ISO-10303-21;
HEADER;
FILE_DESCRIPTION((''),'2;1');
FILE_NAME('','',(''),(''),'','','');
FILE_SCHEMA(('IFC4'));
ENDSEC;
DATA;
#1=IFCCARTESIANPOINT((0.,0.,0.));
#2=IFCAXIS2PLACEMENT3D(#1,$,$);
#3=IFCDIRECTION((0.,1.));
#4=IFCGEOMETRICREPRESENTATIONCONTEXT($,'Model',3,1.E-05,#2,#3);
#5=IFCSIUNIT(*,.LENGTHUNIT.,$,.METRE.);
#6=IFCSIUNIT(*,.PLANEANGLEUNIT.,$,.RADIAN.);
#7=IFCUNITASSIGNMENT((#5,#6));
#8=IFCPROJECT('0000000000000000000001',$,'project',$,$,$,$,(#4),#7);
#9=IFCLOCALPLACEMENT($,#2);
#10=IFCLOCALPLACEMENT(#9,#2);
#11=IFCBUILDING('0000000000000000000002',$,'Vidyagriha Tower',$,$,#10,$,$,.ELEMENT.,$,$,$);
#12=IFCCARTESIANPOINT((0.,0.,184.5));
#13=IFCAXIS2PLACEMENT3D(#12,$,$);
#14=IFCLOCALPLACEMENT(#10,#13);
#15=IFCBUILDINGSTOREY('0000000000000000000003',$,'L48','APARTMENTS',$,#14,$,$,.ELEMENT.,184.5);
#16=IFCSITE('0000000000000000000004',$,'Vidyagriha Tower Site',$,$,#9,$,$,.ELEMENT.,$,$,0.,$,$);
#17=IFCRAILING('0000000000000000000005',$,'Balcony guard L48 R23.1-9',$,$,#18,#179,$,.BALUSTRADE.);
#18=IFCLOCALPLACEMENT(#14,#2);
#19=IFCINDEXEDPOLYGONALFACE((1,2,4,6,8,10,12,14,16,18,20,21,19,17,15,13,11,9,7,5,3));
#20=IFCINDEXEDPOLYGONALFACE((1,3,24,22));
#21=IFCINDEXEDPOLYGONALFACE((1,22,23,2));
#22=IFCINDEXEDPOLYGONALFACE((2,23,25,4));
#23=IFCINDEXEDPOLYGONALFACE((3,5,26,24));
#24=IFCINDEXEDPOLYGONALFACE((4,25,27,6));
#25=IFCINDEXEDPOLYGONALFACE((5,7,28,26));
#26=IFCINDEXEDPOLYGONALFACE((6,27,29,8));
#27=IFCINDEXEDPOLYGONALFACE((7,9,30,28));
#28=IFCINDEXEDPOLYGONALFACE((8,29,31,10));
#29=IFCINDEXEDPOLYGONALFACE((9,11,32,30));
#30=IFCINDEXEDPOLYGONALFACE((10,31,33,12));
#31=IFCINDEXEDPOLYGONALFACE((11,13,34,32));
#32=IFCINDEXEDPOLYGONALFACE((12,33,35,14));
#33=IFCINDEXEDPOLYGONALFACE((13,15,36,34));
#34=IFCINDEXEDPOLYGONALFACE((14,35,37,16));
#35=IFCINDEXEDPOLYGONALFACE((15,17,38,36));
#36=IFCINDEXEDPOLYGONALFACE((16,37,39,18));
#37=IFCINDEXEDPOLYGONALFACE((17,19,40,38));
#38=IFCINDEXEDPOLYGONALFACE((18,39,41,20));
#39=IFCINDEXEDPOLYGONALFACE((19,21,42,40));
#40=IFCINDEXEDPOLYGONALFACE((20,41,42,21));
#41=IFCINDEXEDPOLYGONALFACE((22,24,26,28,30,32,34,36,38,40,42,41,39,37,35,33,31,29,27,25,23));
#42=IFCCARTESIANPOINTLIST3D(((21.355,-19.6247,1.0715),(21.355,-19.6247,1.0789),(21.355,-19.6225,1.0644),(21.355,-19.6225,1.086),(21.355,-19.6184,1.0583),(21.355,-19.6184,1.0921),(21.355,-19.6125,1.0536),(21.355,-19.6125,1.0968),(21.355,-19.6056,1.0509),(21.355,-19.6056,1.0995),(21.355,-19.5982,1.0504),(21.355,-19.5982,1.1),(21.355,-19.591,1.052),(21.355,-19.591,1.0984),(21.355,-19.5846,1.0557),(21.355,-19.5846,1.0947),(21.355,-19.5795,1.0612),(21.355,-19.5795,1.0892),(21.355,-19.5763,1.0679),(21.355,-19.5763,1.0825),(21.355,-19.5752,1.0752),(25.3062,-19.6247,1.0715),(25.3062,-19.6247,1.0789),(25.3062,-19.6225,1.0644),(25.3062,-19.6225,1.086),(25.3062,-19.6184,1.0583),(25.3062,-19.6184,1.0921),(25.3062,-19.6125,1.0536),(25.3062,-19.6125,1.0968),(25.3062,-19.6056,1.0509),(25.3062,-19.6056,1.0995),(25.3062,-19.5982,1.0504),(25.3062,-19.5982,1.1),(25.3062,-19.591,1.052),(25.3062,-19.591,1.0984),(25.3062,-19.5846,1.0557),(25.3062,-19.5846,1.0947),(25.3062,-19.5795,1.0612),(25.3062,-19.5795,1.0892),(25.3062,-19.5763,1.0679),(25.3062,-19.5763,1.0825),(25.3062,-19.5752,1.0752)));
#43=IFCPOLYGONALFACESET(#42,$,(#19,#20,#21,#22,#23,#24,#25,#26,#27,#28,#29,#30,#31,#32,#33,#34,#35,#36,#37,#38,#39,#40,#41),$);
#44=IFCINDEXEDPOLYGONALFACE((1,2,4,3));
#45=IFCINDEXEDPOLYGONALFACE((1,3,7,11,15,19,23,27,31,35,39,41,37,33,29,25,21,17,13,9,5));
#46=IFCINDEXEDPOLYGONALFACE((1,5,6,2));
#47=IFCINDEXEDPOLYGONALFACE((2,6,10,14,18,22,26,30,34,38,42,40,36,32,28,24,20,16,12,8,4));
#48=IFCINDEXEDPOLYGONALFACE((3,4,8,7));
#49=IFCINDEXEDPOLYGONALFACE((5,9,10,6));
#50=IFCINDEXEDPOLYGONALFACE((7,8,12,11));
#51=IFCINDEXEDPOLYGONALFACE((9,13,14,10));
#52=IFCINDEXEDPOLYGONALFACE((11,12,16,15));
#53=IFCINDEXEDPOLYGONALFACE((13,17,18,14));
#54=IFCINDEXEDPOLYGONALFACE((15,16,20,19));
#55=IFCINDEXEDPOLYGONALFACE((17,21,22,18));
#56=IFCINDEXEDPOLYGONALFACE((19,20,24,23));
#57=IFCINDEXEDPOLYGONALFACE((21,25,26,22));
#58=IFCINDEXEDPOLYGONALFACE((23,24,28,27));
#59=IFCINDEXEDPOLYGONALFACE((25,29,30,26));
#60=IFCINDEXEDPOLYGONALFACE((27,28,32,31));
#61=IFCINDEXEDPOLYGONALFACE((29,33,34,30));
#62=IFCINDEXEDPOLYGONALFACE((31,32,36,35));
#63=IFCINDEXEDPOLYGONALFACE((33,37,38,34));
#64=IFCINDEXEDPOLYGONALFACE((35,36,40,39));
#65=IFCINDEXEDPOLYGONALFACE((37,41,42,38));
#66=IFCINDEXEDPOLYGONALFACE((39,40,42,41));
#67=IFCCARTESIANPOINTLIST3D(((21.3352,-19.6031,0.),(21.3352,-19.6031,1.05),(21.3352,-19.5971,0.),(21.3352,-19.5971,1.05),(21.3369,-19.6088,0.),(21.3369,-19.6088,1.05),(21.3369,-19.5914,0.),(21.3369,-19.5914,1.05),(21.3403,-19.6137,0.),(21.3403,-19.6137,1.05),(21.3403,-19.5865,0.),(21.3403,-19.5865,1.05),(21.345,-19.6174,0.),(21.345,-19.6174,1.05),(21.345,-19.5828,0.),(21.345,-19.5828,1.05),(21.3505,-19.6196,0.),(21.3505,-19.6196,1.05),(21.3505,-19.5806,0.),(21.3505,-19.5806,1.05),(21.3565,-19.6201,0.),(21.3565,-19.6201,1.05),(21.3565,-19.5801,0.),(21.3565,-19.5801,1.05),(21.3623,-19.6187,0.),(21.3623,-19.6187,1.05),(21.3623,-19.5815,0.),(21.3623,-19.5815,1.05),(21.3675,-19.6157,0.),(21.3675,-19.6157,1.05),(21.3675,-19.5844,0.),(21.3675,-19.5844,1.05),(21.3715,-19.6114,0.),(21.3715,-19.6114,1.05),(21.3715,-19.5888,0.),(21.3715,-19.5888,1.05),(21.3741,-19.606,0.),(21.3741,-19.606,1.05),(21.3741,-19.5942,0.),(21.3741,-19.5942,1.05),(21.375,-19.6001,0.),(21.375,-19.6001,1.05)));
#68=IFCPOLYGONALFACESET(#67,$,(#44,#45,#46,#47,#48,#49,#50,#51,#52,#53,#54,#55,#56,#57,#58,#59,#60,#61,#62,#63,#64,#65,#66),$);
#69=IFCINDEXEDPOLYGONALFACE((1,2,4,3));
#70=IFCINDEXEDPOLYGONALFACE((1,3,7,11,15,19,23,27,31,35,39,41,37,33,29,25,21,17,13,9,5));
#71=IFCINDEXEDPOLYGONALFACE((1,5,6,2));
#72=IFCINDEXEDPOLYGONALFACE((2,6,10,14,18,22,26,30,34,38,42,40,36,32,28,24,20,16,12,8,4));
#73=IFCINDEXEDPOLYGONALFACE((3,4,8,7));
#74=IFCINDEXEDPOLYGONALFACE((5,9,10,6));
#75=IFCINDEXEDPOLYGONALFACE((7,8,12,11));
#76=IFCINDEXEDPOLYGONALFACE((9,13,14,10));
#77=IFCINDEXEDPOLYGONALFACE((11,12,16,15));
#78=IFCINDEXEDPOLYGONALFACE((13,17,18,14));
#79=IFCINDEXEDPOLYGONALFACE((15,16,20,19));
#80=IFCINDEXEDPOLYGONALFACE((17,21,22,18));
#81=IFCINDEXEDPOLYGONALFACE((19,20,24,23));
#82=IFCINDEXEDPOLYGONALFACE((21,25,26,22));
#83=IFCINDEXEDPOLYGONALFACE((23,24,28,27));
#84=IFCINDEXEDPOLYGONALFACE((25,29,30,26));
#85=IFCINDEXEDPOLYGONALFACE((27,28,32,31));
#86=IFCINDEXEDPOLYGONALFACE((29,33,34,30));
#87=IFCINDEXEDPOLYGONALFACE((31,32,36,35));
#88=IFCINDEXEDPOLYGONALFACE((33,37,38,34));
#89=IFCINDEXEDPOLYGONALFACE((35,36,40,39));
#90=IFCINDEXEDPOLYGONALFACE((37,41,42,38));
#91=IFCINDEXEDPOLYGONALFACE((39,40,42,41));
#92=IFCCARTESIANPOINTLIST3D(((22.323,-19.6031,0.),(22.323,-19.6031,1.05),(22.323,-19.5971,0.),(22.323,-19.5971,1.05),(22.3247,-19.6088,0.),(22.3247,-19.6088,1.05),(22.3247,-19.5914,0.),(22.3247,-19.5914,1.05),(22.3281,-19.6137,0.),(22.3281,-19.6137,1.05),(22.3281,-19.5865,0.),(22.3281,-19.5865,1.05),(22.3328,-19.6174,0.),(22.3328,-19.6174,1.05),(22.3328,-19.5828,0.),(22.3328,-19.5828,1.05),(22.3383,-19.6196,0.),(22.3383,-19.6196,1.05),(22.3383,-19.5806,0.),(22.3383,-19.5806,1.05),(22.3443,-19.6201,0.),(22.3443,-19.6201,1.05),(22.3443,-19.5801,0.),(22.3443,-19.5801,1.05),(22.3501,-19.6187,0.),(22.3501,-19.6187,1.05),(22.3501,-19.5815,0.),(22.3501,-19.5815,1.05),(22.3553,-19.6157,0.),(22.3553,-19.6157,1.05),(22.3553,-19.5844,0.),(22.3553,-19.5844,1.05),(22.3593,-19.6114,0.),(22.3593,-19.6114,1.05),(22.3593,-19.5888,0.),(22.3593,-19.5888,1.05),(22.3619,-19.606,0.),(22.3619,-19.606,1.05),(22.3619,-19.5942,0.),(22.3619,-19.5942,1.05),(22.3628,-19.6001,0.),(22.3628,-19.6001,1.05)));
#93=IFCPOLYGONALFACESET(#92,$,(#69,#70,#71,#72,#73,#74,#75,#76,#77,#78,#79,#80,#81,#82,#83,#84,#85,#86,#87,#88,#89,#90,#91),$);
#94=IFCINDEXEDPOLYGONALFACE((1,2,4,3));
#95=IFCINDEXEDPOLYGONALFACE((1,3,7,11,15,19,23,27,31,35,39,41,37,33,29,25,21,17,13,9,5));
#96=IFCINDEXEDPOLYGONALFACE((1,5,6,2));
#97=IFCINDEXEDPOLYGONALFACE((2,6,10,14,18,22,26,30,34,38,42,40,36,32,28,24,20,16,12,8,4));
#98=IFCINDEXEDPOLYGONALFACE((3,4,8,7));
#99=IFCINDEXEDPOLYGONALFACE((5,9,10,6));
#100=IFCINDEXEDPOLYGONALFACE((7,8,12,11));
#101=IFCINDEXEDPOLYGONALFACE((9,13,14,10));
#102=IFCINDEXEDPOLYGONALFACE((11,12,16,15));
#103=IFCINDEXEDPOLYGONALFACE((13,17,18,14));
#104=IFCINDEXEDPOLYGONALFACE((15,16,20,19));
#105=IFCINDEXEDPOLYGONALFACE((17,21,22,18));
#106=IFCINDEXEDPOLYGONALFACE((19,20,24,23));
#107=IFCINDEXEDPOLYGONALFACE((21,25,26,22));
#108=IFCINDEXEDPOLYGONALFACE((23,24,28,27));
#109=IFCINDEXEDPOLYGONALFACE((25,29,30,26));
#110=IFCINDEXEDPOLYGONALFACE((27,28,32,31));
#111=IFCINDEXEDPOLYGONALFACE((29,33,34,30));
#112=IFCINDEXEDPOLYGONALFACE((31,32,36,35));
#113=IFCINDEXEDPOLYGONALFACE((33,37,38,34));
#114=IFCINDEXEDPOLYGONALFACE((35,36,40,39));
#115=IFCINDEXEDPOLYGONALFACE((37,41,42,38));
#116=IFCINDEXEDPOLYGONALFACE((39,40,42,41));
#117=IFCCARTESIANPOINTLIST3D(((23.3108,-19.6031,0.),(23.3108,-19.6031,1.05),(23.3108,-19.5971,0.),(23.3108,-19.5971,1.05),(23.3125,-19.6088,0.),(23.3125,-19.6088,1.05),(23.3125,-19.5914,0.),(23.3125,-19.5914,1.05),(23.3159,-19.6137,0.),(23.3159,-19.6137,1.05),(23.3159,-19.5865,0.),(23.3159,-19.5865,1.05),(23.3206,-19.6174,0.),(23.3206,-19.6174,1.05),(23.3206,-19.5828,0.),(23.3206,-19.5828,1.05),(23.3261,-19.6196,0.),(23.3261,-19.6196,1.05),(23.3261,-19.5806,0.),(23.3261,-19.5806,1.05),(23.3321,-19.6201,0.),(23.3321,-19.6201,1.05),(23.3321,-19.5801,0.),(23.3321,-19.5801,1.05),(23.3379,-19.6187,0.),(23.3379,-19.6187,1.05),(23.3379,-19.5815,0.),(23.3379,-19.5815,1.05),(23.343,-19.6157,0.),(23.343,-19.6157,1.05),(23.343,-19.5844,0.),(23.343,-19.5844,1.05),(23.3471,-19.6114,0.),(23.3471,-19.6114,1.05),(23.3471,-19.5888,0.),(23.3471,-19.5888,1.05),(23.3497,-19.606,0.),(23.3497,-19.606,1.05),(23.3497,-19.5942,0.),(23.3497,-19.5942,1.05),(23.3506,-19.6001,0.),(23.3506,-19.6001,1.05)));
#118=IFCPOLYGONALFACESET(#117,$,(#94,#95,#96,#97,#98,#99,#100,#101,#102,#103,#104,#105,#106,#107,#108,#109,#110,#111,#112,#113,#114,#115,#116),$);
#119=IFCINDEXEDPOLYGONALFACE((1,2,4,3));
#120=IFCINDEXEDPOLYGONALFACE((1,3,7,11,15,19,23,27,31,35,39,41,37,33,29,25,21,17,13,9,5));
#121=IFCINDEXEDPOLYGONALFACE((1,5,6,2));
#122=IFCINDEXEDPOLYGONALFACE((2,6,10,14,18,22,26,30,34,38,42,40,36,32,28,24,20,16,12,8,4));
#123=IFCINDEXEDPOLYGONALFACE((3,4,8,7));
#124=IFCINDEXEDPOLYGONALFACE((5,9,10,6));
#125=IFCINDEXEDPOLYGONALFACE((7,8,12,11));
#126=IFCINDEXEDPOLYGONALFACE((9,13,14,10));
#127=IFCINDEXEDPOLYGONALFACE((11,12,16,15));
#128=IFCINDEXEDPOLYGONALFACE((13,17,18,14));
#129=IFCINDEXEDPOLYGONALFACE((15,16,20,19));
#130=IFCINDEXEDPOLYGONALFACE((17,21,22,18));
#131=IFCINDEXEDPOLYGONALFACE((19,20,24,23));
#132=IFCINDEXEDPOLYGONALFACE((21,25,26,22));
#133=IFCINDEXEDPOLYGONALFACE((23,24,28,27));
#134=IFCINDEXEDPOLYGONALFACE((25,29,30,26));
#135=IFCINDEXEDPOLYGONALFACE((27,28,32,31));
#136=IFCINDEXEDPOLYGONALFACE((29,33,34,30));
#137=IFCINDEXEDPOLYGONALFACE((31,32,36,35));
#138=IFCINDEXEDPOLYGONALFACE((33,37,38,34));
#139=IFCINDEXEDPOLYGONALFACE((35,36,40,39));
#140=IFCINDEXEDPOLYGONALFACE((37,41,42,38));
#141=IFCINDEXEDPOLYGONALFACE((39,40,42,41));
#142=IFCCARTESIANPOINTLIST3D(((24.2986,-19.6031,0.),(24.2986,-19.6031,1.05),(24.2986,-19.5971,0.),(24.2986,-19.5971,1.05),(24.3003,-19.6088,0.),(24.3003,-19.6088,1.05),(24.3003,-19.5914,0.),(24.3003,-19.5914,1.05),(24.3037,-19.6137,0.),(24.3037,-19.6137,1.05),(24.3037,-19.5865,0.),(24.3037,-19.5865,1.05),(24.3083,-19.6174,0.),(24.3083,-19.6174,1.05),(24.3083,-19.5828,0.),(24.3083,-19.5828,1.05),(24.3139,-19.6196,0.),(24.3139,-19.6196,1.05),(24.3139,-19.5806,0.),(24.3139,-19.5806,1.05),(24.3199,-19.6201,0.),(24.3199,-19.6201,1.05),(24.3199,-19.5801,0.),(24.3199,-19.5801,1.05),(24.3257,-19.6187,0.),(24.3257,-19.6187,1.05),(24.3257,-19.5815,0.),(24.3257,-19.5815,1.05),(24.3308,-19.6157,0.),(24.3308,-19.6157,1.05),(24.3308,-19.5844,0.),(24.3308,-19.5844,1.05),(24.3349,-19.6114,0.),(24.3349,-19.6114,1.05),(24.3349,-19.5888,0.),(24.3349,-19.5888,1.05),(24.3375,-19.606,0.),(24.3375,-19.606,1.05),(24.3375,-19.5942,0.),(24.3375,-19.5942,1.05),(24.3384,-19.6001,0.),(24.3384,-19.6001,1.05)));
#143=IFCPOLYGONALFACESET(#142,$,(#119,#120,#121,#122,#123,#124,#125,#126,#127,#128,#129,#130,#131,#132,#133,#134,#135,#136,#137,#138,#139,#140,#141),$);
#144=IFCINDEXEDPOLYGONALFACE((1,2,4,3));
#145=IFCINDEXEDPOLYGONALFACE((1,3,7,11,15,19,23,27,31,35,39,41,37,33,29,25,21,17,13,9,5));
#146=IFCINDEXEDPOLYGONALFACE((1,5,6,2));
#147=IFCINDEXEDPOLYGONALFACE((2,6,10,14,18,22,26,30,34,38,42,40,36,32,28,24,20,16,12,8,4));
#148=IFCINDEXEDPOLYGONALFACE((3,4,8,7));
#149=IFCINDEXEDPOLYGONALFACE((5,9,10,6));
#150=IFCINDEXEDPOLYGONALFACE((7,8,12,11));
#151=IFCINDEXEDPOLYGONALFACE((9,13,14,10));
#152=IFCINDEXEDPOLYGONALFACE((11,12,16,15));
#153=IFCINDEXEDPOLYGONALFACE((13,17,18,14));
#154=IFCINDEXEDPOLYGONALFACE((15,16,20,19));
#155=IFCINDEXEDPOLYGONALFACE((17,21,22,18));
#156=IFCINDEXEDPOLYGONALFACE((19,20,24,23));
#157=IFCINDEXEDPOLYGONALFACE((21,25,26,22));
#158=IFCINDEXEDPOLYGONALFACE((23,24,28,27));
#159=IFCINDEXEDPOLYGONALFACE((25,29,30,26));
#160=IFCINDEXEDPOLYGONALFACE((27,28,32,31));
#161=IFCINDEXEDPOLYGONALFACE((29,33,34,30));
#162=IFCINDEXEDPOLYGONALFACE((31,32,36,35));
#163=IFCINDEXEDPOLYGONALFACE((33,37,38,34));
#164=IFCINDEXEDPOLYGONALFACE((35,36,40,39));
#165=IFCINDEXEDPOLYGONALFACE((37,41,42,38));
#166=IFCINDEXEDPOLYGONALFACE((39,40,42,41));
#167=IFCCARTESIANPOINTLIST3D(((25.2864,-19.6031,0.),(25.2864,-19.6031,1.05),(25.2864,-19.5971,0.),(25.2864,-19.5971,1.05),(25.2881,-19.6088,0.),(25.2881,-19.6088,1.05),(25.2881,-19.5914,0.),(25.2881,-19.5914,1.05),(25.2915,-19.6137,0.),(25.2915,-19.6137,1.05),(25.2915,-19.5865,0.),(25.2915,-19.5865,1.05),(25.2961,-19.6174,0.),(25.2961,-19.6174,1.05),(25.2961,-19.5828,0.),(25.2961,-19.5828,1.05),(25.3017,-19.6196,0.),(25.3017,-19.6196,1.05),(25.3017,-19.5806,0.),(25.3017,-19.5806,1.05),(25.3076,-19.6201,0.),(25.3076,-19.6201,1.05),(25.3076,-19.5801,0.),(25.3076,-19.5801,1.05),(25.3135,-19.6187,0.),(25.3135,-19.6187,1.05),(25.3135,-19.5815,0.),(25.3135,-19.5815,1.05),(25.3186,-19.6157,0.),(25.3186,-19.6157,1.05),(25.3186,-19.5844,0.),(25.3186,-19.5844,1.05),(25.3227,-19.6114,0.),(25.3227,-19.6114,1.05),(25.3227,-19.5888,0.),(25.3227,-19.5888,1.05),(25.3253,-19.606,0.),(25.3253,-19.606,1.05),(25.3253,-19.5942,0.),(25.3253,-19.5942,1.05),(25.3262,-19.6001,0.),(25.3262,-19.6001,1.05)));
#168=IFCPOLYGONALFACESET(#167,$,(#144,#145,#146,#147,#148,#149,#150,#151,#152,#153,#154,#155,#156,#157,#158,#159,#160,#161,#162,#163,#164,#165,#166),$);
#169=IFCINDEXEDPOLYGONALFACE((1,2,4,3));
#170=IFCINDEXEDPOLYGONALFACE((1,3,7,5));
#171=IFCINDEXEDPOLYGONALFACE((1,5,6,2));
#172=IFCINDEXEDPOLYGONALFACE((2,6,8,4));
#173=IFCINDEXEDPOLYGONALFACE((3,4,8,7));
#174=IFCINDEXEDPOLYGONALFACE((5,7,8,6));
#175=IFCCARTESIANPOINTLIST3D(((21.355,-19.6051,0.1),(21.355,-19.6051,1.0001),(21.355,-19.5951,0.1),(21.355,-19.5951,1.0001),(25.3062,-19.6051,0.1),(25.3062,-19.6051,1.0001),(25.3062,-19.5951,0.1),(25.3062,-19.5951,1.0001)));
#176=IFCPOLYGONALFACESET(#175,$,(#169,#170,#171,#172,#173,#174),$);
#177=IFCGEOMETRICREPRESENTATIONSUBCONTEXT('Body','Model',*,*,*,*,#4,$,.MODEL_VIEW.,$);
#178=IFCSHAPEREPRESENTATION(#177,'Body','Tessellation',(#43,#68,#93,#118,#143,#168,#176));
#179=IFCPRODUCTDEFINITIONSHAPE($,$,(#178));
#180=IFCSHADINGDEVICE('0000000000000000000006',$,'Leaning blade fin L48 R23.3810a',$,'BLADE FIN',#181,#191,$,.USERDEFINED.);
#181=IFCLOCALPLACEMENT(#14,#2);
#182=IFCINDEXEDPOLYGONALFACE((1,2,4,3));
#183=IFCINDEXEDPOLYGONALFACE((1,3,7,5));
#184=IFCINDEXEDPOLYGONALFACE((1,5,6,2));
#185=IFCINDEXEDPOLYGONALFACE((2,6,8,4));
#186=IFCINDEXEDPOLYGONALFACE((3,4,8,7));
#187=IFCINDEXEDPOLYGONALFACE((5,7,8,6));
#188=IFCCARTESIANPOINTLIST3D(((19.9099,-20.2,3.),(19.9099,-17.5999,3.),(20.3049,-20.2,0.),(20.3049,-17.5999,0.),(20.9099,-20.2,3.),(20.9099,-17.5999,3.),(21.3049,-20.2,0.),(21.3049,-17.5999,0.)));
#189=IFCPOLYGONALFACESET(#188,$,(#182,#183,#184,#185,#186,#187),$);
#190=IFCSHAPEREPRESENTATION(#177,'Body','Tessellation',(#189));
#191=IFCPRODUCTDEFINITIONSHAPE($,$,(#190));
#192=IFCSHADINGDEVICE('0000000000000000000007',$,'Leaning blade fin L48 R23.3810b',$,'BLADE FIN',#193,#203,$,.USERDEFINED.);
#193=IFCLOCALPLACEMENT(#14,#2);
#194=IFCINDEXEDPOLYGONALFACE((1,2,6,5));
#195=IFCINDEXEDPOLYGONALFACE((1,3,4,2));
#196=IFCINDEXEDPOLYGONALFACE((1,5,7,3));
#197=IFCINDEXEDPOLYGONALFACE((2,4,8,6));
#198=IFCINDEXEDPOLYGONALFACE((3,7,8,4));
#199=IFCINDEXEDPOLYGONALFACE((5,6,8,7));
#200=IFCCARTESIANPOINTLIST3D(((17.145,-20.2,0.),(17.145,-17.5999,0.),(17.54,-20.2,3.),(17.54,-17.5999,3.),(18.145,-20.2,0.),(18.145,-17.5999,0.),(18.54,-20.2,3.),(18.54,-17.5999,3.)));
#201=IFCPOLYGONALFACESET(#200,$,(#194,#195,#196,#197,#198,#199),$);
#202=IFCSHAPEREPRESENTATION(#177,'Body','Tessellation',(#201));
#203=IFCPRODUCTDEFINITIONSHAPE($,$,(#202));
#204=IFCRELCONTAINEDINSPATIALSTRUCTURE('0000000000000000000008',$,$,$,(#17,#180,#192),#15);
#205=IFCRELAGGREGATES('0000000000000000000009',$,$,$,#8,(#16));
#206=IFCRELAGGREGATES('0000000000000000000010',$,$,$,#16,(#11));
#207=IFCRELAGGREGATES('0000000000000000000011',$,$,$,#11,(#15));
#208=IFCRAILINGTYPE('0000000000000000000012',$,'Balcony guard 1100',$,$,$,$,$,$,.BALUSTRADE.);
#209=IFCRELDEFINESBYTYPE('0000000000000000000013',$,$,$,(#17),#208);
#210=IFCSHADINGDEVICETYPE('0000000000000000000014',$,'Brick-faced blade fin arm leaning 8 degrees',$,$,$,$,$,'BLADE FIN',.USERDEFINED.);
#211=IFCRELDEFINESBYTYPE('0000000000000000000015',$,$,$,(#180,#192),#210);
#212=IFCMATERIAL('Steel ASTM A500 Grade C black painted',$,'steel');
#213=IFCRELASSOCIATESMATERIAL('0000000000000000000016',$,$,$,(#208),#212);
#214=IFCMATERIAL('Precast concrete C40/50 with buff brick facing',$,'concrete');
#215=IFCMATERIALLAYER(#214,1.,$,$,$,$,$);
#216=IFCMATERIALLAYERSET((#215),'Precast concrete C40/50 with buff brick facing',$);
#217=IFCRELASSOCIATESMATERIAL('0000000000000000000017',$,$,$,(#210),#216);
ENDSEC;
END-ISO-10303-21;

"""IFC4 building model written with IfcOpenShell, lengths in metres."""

from ifc_helpers import new_model, si_unit, direction, frame, origin, origin_2d, place, context, subcontext, project, spatial, polyline, rectangle, circle, outline, extrude, material, layer, layer_set, type_object, element, save


model = new_model("IFC4")

# Units and contexts
model_context = context("Model", 3, precision=1e-05, world=origin(), true_north=direction((0.0, 1.0)))
body_context = subcontext(model_context, "Body", "Model", "MODEL_VIEW")
ifc_project = project(units=[si_unit("LENGTHUNIT", "METRE"), si_unit("PLANEANGLEUNIT", "RADIAN")], contexts=[model_context])

# Site, building, storey
site_placement = place(None, origin())
site = spatial("IfcSite", under=ifc_project, at=site_placement, Name="Vidyagriha Tower Site", CompositionType="ELEMENT", RefElevation=0.0)
building_placement = place(site_placement, origin())
building = spatial("IfcBuilding", under=site, at=building_placement, Name="Vidyagriha Tower", CompositionType="ELEMENT")
storey_placement = place(building_placement, frame((0.0, 0.0, 184.5)))
storey = spatial("IfcBuildingStorey", under=building, at=storey_placement, Name="L48", Description="APARTMENTS", CompositionType="ELEMENT", Elevation=184.5)

# Railing
ifc_material_1 = material(Name="Steel ASTM A500 Grade C black painted", Category="steel")
railing_type = type_object("IfcRailingType", Name="Balcony guard 1100", PredefinedType="BALUSTRADE", material=ifc_material_1)
railing_1_placement = place(storey_placement, frame((21.355, -19.6001, 0.0)))
element("IfcRailing", 1, at=railing_1_placement, inside=storey, type_object=railing_type, Name="Balcony guard L48 R23.1-9", PredefinedType="BALUSTRADE", context=body_context, shape_type="SweptSolid", body=[
    extrude(circle(Radius=0.0249, at=origin_2d()), frame((0.0, 0.0, 1.0752), z_axis=(1.0, 0.0, 0.0), x_axis=(0.0, 1.0, 0.0)), (0.0, 0.0, 1.0), 3.9512),
    extrude(circle(Radius=0.02, at=origin_2d()), origin(), (0.0, 0.0, 1.0), 1.05),
    extrude(circle(Radius=0.02, at=origin_2d()), frame((0.9878, 0.0, 0.0)), (0.0, 0.0, 1.0), 1.05),
    extrude(circle(Radius=0.02, at=origin_2d()), frame((1.9756, 0.0, 0.0)), (0.0, 0.0, 1.0), 1.05),
    extrude(circle(Radius=0.02, at=origin_2d()), frame((2.9634, 0.0, 0.0)), (0.0, 0.0, 1.0), 1.05),
    extrude(circle(Radius=0.02, at=origin_2d()), frame((3.9512, 0.0, 0.0)), (0.0, 0.0, 1.0), 1.05),
    extrude(rectangle(XDim=0.01, YDim=0.9001, at=origin_2d()), frame((0.0, 0.0, 0.55), z_axis=(1.0, 0.0, 0.0), x_axis=(0.0, 1.0, 0.0)), (0.0, 0.0, 1.0), 3.9512),
])

# Shading devices
ifc_material_2 = material(Name="Precast concrete C40/50 with buff brick facing", Category="concrete")
ifc_layer_1 = layer(ifc_material_2, 1.0)
ifc_layer_set_1 = layer_set([ifc_layer_1], Name="Precast concrete C40/50 with buff brick facing")
shading_device_type = type_object("IfcShadingDeviceType", Name="Brick-faced blade fin arm leaning 8 degrees", ElementType="BLADE FIN", PredefinedType="USERDEFINED", material=ifc_layer_set_1)
shading_device_1_placement = place(storey_placement, frame((19.9099, -18.8999, 0.0)))
element("IfcShadingDevice", 2, at=shading_device_1_placement, inside=storey, type_object=shading_device_type, Name="Leaning blade fin L48 R23.3810a", ObjectType="BLADE FIN", PredefinedType="USERDEFINED", context=body_context, shape_type="SweptSolid", body=[
    extrude(outline(polyline([(0.395, 0.0), (1.395, 0.0), (1.0, 3.0), (0.0, 3.0), (0.395, 0.0)])), frame((0.0, 1.3, 0.0), z_axis=(0.0, -1.0, 0.0), x_axis=(1.0, 0.0, 0.0)), (0.0, 0.0, 1.0), 2.6001),
])
shading_device_2_placement = place(storey_placement, frame((17.145, -18.8999, 0.0)))
element("IfcShadingDevice", 3, at=shading_device_2_placement, inside=storey, type_object=shading_device_type, Name="Leaning blade fin L48 R23.3810b", ObjectType="BLADE FIN", PredefinedType="USERDEFINED", context=body_context, shape_type="SweptSolid", body=[
    extrude(outline(polyline([(0.0, 0.0), (1.0, 0.0), (1.395, 3.0), (0.395, 3.0), (0.0, 0.0)])), frame((0.0, 1.3, 0.0), z_axis=(0.0, -1.0, 0.0), x_axis=(1.0, 0.0, 0.0)), (0.0, 0.0, 1.0), 2.6001),
])

save(model, "model.ifc")
